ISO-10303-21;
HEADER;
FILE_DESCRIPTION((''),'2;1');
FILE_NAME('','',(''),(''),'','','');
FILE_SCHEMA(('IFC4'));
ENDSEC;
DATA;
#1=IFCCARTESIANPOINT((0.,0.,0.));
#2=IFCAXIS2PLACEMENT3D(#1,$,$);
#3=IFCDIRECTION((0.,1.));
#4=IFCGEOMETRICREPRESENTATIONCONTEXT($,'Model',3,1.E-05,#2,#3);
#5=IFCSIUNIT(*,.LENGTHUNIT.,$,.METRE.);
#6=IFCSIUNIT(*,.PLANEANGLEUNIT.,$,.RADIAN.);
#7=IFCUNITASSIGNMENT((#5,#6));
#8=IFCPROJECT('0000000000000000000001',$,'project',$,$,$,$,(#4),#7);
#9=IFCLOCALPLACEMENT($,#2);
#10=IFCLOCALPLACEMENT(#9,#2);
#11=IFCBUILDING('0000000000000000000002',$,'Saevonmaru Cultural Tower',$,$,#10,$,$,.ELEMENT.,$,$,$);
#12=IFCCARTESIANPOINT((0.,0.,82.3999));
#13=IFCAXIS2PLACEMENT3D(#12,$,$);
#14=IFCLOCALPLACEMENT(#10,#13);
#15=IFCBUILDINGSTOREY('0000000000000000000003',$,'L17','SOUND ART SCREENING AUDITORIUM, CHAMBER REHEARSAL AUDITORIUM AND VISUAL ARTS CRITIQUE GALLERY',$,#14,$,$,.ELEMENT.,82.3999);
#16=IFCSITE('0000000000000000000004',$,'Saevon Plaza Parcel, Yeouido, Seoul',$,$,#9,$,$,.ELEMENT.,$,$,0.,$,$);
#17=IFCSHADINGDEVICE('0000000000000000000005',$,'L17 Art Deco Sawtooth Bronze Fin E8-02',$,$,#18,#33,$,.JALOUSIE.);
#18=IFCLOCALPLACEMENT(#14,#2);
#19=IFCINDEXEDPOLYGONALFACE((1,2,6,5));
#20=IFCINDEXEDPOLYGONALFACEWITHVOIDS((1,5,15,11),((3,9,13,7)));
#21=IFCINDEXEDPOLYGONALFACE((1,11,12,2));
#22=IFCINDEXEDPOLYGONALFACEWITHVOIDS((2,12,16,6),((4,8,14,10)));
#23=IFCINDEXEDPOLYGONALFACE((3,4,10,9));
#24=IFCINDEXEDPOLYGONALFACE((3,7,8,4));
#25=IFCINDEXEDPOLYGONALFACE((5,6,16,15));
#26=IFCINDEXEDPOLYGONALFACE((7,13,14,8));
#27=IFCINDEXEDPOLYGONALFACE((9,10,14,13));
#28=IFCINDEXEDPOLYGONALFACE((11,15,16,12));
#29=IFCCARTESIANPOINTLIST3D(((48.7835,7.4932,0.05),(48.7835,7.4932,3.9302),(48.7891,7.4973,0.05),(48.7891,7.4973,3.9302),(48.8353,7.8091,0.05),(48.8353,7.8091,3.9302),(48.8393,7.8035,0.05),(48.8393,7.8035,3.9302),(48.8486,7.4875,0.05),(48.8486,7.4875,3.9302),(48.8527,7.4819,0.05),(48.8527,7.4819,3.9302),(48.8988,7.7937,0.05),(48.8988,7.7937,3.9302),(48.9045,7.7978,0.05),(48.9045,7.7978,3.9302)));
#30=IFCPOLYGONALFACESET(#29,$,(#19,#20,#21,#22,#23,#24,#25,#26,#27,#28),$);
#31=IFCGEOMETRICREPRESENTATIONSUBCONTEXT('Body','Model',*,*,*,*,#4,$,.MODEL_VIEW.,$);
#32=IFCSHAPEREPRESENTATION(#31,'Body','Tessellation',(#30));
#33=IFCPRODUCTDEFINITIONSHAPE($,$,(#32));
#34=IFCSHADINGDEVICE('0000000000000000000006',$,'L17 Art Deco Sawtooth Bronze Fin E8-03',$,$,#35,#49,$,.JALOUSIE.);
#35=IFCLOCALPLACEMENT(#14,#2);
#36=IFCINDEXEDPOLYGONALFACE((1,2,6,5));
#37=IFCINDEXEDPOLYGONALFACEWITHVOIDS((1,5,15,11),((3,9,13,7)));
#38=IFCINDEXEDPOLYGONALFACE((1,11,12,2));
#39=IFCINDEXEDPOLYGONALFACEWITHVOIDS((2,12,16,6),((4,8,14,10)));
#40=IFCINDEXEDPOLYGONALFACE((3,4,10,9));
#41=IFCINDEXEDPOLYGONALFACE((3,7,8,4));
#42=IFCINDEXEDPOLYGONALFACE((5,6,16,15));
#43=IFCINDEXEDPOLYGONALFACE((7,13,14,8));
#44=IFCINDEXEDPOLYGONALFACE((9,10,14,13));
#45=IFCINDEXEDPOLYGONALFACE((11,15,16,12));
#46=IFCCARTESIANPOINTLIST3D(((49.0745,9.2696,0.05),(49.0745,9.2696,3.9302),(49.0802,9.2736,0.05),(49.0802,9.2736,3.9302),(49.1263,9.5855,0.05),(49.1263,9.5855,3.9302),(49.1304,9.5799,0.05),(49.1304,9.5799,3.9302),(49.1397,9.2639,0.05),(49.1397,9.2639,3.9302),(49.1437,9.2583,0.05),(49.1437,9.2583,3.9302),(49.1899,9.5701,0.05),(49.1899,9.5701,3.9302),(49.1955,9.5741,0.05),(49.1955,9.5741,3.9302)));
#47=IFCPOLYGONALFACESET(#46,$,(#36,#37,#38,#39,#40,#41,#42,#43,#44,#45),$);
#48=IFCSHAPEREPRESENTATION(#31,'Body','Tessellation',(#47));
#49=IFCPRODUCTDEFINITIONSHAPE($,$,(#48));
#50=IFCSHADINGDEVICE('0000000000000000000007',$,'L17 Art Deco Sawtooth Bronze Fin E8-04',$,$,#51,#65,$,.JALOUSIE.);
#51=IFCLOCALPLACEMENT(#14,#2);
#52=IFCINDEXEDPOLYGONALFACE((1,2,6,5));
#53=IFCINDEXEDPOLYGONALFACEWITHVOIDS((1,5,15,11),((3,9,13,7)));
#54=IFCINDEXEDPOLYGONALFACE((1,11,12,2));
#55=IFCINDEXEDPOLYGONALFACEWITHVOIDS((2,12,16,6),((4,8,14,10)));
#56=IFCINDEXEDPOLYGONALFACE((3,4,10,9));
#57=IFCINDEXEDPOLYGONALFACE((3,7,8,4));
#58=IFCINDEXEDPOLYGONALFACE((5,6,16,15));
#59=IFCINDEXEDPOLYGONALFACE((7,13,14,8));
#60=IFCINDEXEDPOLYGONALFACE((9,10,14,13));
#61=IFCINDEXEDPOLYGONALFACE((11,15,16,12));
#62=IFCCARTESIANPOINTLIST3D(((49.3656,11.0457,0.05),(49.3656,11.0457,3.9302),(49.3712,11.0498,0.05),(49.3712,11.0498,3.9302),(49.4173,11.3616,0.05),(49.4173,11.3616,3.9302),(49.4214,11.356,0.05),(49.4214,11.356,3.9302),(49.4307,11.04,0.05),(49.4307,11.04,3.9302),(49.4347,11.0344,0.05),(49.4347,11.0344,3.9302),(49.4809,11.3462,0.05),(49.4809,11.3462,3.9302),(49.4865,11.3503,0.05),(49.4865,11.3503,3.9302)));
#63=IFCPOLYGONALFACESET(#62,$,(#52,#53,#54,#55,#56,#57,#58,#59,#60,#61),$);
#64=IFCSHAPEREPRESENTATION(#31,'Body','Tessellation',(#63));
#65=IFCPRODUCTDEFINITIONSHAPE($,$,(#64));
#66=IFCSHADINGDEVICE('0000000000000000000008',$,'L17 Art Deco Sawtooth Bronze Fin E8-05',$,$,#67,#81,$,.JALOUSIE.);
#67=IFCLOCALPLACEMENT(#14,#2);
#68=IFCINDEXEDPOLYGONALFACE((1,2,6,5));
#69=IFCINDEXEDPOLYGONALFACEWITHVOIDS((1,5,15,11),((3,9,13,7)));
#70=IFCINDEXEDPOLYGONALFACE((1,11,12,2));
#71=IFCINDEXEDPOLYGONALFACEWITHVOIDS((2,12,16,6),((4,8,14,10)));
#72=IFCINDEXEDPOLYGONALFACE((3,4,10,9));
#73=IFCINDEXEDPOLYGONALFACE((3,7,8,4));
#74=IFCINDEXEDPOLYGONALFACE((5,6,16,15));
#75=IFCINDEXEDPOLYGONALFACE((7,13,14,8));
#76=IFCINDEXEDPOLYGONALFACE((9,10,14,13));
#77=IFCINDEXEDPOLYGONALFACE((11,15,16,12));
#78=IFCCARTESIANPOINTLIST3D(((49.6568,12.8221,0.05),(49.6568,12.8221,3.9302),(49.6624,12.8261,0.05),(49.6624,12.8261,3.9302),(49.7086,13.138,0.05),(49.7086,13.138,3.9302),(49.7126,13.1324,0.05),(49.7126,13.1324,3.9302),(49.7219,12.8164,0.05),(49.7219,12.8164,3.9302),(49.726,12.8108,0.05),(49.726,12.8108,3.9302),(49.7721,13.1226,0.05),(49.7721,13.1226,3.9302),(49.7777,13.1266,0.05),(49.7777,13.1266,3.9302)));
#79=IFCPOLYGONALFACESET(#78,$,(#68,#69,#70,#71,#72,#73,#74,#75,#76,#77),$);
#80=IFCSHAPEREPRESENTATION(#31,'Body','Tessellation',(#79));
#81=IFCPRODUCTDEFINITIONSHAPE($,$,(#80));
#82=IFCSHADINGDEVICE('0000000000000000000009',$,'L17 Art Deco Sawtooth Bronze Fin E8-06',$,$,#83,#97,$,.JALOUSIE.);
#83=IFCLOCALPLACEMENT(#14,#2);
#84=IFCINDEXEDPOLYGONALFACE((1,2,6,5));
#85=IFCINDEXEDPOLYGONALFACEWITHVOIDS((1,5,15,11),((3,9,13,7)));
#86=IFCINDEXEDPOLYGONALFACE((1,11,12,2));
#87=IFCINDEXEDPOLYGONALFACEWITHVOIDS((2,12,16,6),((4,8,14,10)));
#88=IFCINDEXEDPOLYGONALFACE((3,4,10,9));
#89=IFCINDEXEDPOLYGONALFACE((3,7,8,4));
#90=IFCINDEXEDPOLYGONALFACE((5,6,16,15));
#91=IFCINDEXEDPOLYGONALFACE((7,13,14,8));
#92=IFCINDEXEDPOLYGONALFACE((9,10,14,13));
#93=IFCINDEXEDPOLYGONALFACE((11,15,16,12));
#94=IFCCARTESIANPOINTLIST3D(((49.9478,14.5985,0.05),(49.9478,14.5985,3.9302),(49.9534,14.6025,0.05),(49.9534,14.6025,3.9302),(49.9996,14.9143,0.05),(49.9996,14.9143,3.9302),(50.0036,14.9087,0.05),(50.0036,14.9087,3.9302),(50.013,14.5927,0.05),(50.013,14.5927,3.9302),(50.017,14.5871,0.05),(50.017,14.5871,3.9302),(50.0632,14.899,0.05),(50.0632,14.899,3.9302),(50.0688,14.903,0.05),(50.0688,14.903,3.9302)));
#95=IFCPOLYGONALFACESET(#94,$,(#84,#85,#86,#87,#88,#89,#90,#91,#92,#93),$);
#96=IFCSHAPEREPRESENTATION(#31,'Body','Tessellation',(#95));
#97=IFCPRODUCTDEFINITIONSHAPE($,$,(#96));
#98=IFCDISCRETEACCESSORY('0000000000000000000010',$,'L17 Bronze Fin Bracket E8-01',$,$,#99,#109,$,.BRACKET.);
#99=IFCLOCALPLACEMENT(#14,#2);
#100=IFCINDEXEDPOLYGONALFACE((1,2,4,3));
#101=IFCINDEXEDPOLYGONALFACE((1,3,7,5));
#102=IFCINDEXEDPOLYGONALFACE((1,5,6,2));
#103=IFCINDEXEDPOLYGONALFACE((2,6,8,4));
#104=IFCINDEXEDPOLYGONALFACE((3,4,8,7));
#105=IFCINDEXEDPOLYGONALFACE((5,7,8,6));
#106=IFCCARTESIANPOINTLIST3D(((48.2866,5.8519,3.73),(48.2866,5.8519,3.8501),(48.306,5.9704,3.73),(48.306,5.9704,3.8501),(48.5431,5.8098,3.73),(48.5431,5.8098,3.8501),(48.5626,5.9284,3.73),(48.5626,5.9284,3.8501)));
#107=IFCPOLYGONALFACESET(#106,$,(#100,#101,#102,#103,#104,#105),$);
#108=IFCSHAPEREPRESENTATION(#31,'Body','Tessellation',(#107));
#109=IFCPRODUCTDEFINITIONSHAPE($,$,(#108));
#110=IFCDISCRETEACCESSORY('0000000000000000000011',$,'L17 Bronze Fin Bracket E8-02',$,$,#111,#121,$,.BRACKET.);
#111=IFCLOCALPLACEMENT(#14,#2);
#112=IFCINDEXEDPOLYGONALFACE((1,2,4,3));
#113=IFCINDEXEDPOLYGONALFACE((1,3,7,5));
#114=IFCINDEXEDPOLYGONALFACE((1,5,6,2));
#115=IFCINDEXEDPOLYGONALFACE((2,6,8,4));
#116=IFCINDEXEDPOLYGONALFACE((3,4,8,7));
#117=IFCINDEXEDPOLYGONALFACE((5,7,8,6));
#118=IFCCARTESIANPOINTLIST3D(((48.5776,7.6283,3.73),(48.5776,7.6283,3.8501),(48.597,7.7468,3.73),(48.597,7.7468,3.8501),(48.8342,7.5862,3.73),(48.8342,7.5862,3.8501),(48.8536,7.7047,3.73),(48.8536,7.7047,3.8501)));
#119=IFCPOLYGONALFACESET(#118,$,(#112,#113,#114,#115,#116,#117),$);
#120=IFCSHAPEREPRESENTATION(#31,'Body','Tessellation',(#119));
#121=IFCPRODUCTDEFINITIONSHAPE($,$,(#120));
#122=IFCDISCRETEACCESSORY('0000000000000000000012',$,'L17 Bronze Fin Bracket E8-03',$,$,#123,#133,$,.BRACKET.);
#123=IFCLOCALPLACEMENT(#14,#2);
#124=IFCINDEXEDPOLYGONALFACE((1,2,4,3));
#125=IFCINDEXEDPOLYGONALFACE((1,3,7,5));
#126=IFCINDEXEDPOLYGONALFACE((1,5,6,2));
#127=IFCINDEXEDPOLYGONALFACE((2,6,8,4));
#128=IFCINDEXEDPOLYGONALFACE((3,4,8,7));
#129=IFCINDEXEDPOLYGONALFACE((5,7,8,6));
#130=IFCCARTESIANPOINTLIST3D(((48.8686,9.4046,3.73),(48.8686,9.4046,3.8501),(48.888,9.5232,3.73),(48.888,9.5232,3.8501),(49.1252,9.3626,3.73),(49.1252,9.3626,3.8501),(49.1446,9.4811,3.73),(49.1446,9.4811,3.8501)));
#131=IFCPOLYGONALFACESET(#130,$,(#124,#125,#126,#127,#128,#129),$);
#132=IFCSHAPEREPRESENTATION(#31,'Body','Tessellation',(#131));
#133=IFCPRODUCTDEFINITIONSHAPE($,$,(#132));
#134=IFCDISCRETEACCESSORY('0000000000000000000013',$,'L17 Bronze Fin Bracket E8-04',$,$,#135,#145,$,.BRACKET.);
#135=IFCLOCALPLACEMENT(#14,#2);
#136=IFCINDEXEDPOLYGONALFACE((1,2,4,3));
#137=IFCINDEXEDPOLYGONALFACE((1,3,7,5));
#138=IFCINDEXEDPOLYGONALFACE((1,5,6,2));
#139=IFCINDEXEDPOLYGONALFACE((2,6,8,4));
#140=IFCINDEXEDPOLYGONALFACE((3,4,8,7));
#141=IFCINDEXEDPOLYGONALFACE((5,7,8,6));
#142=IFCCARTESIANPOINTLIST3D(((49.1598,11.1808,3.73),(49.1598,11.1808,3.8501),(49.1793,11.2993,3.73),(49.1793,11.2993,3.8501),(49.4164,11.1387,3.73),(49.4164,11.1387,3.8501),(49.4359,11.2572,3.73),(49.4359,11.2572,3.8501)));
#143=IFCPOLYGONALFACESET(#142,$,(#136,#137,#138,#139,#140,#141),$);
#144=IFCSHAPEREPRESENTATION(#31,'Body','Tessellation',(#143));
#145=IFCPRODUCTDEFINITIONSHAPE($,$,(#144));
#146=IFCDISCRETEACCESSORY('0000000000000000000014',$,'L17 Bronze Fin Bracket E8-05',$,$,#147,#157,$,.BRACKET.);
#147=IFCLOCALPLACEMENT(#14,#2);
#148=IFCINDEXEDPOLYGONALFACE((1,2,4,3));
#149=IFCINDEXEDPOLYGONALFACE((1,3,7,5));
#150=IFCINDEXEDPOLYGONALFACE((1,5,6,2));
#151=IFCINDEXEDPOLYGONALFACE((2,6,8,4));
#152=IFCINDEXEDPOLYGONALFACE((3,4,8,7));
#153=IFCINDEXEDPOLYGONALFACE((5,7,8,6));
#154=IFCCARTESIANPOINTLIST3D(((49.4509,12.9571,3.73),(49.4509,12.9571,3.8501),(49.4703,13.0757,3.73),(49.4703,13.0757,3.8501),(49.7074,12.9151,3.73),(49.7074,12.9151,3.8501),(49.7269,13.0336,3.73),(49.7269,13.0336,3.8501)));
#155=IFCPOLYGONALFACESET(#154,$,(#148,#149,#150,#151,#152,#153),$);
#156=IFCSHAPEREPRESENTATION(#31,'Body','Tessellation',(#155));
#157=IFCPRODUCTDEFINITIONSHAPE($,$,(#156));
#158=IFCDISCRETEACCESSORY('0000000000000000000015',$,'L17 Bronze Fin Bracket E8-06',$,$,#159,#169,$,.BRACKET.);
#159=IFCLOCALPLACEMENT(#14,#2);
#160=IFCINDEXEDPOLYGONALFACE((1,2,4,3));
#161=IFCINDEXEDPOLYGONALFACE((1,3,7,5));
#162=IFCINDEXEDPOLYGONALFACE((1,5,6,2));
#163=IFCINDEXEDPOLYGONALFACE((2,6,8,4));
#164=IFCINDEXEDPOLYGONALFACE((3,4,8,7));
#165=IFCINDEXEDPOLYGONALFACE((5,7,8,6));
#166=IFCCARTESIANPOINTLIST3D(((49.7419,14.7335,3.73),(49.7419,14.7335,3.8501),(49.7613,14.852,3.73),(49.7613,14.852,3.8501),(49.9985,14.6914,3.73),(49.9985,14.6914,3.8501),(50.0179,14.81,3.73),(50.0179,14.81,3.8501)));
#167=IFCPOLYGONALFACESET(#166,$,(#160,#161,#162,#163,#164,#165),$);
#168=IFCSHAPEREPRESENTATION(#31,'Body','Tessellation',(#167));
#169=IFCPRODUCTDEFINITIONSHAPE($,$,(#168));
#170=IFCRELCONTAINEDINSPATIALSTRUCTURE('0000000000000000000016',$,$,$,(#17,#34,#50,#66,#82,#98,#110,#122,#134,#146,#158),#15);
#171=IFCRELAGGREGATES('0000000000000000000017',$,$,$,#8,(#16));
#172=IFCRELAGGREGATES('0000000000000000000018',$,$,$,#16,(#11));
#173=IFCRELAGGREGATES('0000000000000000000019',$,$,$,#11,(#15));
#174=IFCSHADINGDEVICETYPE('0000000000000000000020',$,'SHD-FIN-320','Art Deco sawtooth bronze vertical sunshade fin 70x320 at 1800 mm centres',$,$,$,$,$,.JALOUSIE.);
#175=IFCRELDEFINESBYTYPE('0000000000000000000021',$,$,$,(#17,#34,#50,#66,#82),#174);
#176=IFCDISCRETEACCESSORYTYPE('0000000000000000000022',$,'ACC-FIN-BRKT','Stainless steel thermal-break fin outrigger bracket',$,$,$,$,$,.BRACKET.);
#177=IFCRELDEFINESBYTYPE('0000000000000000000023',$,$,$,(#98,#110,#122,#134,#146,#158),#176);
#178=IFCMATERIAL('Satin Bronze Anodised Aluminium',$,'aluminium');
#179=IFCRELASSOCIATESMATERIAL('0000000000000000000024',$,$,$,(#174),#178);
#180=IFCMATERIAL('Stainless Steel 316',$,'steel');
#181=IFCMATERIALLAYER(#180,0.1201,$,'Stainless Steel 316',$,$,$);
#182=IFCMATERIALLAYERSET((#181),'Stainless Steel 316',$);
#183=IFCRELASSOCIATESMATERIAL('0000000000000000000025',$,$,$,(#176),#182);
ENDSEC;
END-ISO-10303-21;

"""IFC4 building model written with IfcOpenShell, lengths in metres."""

from ifc_helpers import new_model, si_unit, direction, frame, origin, origin_2d, place, context, subcontext, project, spatial, rectangle, hollow_rectangle, extrude, material, layer, layer_set, material_profile, profile_set, type_object, element, save


model = new_model("IFC4")

# Units and contexts
model_context = context("Model", 3, precision=1e-05, world=origin(), true_north=direction((0.0, 1.0)))
body_context = subcontext(model_context, "Body", "Model", "MODEL_VIEW")
ifc_project = project(units=[si_unit("LENGTHUNIT", "METRE"), si_unit("PLANEANGLEUNIT", "RADIAN")], contexts=[model_context])

# Site, building, storey
site_placement = place(None, origin())
site = spatial("IfcSite", under=ifc_project, at=site_placement, Name="Saevon Plaza Parcel, Yeouido, Seoul", CompositionType="ELEMENT", RefElevation=0.0)
building_placement = place(site_placement, origin())
building = spatial("IfcBuilding", under=site, at=building_placement, Name="Saevonmaru Cultural Tower", CompositionType="ELEMENT")
storey_placement = place(building_placement, frame((0.0, 0.0, 82.3999)))
storey = spatial("IfcBuildingStorey", under=building, at=storey_placement, Name="L17", Description="SOUND ART SCREENING AUDITORIUM, CHAMBER REHEARSAL AUDITORIUM AND VISUAL ARTS CRITIQUE GALLERY", CompositionType="ELEMENT", Elevation=82.3999)

# Shared definitions
ifc_material_1 = material(Name="Satin Bronze Anodised Aluminium", Category="aluminium")

# Shading devices
ifc_material_profile_1 = material_profile(ifc_material_1, hollow_rectangle(XDim=0.0701, YDim=0.3201, WallThickness=0.0049, at=origin_2d()), Name="FIN-320x70")
ifc_profile_set_1 = profile_set([ifc_material_profile_1], Name="Satin Bronze Anodised Aluminium")
shading_device_type = type_object("IfcShadingDeviceType", Name="SHD-FIN-320", Description="Art Deco sawtooth bronze vertical sunshade fin 70x320 at 1800 mm centres", PredefinedType="JALOUSIE", material=ifc_profile_set_1)
for number, where, z_axis, x_axis, name in (
    (1, (48.844, 7.6455, 0.05), (0.0, 0.0, 1.0), (0.986827, -0.161776, 0.0), "L17 Art Deco Sawtooth Bronze Fin E8-02"),
    (2, (49.135, 9.4219, 0.05), (0.0, 0.0, 1.0), (0.986827, -0.161776, 0.0), "L17 Art Deco Sawtooth Bronze Fin E8-03"),
    (3, (49.426, 11.198, 0.05), (0.0, 0.0, 1.0), (0.986827, -0.161776, 0.0), "L17 Art Deco Sawtooth Bronze Fin E8-04"),
    (4, (49.7173, 12.9744, 0.05), (0.0, 0.0, 1.0), (0.986827, -0.161776, 0.0), "L17 Art Deco Sawtooth Bronze Fin E8-05"),
    (5, (50.0083, 14.7507, 0.05), (0.0, 0.0, 1.0), (0.986827, -0.161776, 0.0), "L17 Art Deco Sawtooth Bronze Fin E8-06"),
):
    element("IfcShadingDevice", number, at=place(storey_placement, frame(where, z_axis=z_axis, x_axis=x_axis)), inside=storey, type_object=shading_device_type, Name=name, PredefinedType="JALOUSIE", context=body_context, shape_type="SweptSolid", body=[
        extrude(hollow_rectangle(XDim=0.0701, YDim=0.3201, WallThickness=0.0049, at=origin_2d()), origin(), (0.0, 0.0, 1.0), 3.8801),
    ])

# Discrete accessories
ifc_material_2 = material(Name="Stainless Steel 316", Category="steel")
ifc_layer_1 = layer(ifc_material_2, 0.1201, Name="Stainless Steel 316")
ifc_layer_set_1 = layer_set([ifc_layer_1], Name="Stainless Steel 316")
discrete_accessory_type = type_object("IfcDiscreteAccessoryType", Name="ACC-FIN-BRKT", Description="Stainless steel thermal-break fin outrigger bracket", PredefinedType="BRACKET", material=ifc_layer_set_1)
for number, where, z_axis, x_axis, name in (
    (6, (48.4246, 5.8901, 3.73), (0.0, 0.0, 1.0), (0.986827, -0.161776, 0.0), "L17 Bronze Fin Bracket E8-01"),
    (7, (48.7156, 7.6665, 3.73), (0.0, 0.0, 1.0), (0.986827, -0.161776, 0.0), "L17 Bronze Fin Bracket E8-02"),
    (8, (49.0066, 9.4429, 3.73), (0.0, 0.0, 1.0), (0.986827, -0.161776, 0.0), "L17 Bronze Fin Bracket E8-03"),
    (9, (49.2979, 11.219, 3.73), (0.0, 0.0, 1.0), (0.986827, -0.161776, 0.0), "L17 Bronze Fin Bracket E8-04"),
    (10, (49.5889, 12.9954, 3.73), (0.0, 0.0, 1.0), (0.986827, -0.161776, 0.0), "L17 Bronze Fin Bracket E8-05"),
    (11, (49.8799, 14.7717, 3.73), (0.0, 0.0, 1.0), (0.986827, -0.161776, 0.0), "L17 Bronze Fin Bracket E8-06"),
):
    element("IfcDiscreteAccessory", number, at=place(storey_placement, frame(where, z_axis=z_axis, x_axis=x_axis)), inside=storey, type_object=discrete_accessory_type, Name=name, PredefinedType="BRACKET", context=body_context, shape_type="SweptSolid", body=[
        extrude(rectangle(XDim=0.26, YDim=0.1201, at=origin_2d()), origin(), (0.0, 0.0, 1.0), 0.1201),
    ])

save(model, "model.ifc")
